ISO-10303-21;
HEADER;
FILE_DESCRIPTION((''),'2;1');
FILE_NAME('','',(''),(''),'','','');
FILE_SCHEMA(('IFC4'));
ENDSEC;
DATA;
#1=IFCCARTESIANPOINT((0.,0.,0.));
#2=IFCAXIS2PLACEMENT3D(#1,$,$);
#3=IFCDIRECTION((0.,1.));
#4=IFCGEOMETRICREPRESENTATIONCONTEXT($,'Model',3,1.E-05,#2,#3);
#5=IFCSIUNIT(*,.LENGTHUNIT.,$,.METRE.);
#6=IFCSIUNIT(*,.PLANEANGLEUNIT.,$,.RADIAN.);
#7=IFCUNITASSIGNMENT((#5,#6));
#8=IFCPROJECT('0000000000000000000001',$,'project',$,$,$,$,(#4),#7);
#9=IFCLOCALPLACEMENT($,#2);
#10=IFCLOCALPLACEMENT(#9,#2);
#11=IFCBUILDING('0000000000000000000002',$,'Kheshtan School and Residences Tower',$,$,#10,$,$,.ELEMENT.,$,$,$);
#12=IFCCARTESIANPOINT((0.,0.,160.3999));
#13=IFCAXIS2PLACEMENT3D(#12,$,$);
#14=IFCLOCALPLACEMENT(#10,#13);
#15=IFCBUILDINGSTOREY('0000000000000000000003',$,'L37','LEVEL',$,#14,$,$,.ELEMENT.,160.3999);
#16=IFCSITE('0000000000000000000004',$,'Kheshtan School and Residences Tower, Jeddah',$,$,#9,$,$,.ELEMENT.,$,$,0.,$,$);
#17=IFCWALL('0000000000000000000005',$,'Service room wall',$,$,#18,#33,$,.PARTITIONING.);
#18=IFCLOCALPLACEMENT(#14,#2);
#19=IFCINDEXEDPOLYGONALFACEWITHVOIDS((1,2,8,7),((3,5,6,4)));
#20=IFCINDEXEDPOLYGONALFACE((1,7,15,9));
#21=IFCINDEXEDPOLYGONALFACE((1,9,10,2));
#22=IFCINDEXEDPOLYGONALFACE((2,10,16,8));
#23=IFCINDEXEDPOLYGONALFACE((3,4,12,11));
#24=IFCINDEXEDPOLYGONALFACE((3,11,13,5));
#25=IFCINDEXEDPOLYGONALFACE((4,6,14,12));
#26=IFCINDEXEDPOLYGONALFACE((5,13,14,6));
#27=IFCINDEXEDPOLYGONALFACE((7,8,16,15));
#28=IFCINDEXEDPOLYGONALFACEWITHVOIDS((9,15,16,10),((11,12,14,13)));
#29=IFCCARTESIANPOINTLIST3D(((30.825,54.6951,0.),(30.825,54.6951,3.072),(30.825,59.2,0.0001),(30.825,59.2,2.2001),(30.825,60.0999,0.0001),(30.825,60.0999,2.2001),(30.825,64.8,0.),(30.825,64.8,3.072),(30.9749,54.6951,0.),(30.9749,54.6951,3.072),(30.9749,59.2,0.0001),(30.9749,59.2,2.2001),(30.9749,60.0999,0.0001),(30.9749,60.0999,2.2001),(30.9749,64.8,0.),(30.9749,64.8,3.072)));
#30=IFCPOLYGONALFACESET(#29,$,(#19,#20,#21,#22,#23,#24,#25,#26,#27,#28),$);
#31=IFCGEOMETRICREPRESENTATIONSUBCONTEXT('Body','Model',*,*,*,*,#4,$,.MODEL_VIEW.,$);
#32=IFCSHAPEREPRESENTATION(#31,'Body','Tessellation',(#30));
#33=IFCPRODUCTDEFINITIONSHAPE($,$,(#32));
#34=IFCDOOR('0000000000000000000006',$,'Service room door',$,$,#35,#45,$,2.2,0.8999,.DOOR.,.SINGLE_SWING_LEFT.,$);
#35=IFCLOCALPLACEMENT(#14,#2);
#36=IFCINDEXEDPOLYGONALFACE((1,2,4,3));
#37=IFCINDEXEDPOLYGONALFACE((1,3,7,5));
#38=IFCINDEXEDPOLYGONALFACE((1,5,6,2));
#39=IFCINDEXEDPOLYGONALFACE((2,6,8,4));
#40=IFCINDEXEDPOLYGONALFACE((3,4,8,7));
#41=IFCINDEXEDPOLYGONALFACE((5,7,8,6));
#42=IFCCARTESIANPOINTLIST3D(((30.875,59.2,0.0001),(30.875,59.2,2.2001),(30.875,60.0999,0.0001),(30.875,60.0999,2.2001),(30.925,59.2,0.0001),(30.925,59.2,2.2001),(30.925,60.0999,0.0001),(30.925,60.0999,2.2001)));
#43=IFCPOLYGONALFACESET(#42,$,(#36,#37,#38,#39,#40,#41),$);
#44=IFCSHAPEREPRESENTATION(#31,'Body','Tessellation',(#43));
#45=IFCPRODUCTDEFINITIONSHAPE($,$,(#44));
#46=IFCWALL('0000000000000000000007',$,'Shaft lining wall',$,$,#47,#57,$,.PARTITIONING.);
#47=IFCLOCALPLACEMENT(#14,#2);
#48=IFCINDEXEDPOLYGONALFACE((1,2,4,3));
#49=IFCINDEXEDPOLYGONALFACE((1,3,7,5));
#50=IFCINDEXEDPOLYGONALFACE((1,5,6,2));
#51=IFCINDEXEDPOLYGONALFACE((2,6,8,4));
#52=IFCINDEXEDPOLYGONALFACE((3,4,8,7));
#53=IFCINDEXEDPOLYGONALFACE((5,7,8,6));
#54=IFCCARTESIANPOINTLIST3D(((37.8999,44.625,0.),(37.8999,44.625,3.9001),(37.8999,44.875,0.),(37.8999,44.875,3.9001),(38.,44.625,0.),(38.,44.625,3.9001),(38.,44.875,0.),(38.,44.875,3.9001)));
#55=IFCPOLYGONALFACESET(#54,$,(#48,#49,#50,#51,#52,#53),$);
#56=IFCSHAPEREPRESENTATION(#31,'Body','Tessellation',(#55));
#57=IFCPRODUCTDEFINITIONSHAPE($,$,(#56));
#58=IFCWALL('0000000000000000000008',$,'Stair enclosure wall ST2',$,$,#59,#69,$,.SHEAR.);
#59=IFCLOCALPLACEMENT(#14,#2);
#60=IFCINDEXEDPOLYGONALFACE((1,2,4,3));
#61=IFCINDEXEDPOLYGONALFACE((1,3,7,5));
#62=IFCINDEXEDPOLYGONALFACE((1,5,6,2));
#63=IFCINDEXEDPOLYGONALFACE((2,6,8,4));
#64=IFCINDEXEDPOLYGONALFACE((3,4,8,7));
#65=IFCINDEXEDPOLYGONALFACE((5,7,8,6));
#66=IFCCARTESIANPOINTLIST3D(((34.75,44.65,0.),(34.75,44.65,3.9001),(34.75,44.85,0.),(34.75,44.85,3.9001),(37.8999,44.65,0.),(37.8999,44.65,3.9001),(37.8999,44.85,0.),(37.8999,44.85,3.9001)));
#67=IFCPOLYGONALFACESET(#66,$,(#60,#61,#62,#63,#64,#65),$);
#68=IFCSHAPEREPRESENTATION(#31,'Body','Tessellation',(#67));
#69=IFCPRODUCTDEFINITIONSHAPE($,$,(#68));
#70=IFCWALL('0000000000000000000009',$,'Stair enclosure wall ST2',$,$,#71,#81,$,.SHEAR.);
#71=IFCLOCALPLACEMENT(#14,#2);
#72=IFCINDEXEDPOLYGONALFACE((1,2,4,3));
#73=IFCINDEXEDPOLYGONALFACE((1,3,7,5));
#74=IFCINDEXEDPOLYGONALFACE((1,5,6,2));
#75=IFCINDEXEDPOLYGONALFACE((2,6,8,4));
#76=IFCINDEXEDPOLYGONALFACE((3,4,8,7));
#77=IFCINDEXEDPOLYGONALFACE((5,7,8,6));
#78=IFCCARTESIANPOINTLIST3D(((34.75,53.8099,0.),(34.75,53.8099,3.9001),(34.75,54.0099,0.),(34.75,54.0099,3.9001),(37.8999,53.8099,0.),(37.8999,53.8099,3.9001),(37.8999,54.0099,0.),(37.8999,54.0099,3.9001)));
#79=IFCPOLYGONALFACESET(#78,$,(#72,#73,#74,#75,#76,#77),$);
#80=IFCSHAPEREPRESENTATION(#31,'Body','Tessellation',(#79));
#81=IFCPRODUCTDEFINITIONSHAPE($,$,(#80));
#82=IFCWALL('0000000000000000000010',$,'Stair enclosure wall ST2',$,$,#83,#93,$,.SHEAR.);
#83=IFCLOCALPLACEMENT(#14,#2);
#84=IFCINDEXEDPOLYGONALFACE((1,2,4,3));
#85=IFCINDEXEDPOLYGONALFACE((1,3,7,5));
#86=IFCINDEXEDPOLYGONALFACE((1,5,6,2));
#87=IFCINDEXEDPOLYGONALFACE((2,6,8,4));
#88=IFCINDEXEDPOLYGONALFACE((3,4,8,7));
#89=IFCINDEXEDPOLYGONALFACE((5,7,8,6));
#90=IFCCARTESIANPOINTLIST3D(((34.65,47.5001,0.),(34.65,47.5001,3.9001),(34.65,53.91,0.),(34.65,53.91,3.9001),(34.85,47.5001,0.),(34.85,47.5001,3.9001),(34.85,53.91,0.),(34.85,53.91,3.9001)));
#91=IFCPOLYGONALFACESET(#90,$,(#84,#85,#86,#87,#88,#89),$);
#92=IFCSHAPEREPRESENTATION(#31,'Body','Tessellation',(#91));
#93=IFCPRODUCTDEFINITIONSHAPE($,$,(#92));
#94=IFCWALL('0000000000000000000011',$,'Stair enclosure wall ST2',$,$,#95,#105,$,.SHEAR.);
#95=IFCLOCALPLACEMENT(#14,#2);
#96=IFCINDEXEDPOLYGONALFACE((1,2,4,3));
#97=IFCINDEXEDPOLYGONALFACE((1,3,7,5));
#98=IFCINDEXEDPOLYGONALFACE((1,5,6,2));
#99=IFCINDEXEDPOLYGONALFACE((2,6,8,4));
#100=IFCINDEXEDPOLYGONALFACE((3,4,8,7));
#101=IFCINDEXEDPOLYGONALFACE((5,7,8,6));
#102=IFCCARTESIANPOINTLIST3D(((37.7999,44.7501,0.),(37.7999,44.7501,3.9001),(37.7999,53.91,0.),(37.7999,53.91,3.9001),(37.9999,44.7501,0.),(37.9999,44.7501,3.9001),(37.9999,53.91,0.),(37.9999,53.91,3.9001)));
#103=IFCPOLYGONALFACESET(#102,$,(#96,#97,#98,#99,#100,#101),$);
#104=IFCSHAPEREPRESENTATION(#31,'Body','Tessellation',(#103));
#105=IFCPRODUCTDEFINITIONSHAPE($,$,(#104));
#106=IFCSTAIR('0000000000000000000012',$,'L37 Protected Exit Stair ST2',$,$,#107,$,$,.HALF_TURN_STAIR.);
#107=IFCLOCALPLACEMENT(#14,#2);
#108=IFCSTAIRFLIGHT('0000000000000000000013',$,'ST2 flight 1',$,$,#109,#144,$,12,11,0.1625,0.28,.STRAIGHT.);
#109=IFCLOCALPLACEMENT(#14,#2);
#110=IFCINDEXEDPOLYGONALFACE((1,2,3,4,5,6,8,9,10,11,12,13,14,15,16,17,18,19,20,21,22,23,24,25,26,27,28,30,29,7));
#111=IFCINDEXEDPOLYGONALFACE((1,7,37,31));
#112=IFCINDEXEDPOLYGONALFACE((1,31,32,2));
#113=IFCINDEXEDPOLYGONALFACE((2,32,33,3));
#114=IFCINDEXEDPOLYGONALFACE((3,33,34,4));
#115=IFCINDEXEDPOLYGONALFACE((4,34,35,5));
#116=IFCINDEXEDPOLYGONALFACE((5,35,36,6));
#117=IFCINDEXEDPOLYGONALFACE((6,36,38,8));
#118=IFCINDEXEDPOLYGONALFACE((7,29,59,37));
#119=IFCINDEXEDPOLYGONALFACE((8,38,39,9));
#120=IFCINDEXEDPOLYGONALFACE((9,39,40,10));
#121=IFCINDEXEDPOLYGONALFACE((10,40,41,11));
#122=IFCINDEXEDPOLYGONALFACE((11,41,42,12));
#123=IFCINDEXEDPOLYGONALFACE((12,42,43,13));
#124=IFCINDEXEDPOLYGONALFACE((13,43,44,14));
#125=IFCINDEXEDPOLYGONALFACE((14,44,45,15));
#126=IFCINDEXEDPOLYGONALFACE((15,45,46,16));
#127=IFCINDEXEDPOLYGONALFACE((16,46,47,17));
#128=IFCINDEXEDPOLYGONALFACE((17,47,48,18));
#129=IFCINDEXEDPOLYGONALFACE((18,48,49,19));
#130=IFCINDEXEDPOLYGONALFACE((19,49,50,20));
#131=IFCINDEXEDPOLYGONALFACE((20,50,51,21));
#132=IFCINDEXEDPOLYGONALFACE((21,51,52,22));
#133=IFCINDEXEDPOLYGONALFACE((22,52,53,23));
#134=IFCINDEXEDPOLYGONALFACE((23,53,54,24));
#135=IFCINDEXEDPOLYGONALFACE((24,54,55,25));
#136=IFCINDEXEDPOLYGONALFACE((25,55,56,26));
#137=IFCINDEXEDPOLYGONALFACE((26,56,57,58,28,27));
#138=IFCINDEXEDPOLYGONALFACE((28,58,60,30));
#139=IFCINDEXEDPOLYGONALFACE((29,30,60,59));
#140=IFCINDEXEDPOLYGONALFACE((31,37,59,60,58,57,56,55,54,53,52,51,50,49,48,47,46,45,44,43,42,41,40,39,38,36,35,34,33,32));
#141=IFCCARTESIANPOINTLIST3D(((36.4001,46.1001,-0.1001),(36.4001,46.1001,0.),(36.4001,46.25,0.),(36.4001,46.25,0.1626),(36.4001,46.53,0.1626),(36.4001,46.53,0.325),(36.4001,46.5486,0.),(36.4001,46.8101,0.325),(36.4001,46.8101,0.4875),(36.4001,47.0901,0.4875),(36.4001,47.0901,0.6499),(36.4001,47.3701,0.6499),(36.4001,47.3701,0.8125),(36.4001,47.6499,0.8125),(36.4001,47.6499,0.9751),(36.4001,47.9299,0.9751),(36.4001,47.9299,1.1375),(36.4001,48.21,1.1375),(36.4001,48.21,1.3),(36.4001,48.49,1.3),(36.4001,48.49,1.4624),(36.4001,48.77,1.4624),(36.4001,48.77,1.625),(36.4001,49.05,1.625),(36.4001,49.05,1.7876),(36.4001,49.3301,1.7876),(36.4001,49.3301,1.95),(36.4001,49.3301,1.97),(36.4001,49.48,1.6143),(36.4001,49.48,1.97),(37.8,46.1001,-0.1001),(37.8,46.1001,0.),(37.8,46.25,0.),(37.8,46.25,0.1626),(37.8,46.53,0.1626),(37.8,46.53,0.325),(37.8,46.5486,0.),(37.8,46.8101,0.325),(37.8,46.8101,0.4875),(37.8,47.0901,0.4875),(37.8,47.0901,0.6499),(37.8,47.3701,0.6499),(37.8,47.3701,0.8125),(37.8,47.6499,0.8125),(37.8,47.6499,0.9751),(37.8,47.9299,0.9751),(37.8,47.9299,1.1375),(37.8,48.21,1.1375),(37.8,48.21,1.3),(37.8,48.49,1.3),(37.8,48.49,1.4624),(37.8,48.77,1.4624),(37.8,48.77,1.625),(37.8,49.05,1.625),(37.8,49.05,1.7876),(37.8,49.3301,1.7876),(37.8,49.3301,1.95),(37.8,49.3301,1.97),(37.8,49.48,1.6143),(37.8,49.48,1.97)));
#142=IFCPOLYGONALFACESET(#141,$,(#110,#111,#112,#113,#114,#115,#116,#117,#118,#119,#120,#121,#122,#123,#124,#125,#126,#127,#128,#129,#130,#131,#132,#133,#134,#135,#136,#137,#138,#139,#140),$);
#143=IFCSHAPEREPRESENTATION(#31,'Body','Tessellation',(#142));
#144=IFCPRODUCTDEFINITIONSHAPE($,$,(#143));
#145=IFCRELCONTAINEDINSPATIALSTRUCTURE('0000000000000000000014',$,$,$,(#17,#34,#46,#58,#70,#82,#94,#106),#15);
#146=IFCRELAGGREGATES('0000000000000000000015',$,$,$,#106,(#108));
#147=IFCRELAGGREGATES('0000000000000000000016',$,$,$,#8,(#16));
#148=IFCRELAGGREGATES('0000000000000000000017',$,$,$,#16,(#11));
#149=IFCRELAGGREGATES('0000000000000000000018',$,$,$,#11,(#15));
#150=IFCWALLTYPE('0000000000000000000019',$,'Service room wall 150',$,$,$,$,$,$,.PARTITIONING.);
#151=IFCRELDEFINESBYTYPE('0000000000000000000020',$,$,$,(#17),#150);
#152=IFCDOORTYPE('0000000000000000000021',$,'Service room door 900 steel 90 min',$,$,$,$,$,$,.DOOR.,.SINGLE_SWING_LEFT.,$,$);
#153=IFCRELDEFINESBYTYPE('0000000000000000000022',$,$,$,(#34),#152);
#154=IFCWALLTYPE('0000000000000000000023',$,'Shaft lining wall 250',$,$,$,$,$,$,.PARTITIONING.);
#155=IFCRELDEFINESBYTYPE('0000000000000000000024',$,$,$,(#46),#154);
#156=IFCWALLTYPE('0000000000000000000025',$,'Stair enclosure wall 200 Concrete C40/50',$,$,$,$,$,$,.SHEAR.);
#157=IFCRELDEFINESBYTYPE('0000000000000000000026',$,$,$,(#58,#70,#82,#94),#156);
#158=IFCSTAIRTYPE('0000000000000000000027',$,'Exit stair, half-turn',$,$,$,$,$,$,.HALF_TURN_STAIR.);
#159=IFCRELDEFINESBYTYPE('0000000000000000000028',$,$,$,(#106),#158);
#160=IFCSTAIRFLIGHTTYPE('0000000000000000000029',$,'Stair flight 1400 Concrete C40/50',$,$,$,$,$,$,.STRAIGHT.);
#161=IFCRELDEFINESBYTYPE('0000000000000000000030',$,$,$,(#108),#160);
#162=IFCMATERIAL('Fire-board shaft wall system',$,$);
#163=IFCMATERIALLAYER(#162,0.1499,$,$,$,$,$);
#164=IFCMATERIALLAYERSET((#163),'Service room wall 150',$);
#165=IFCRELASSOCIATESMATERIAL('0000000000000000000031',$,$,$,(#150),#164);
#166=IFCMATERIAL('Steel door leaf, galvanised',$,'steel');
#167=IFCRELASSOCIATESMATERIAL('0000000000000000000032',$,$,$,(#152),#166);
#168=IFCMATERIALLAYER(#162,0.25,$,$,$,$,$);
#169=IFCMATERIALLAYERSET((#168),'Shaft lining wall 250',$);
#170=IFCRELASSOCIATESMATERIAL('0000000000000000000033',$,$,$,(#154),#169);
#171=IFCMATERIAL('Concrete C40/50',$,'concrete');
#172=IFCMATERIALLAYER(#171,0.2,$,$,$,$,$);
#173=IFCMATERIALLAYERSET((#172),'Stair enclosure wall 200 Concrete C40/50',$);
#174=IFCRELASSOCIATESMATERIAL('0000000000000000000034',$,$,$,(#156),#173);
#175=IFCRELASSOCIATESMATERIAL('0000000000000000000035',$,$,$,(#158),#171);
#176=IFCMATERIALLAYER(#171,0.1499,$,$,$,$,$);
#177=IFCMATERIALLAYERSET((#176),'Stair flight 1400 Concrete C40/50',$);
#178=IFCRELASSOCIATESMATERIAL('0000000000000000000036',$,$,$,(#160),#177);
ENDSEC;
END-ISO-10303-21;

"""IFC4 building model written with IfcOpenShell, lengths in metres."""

from ifc_helpers import new_model, si_unit, direction, frame, frame_2d, origin, place, context, subcontext, project, spatial, polyline, rectangle, outline, extrude, source, transform, mapped, material, layer, layer_set, type_object, element, fill, aggregate, save


model = new_model("IFC4")

# Units and contexts
model_context = context("Model", 3, precision=1e-05, world=origin(), true_north=direction((0.0, 1.0)))
body_context = subcontext(model_context, "Body", "Model", "MODEL_VIEW")
ifc_project = project(units=[si_unit("LENGTHUNIT", "METRE"), si_unit("PLANEANGLEUNIT", "RADIAN")], contexts=[model_context])

# Site, building, storey
site_placement = place(None, origin())
site = spatial("IfcSite", under=ifc_project, at=site_placement, Name="Kheshtan School and Residences Tower, Jeddah", CompositionType="ELEMENT", RefElevation=0.0)
building_placement = place(site_placement, origin())
building = spatial("IfcBuilding", under=site, at=building_placement, Name="Kheshtan School and Residences Tower", CompositionType="ELEMENT")
storey_placement = place(building_placement, frame((0.0, 0.0, 160.3999)))
storey = spatial("IfcBuildingStorey", under=building, at=storey_placement, Name="L37", Description="LEVEL", CompositionType="ELEMENT", Elevation=160.3999)

# Shared definitions
ifc_material_1 = material(Name="Fire-board shaft wall system")
ifc_layer_1 = layer(ifc_material_1, 0.1499)
ifc_layer_set_1 = layer_set([ifc_layer_1], Name="Service room wall 150")
wall_type_1 = type_object("IfcWallType", Name="Service room wall 150", PredefinedType="PARTITIONING", material=ifc_layer_set_1)

# Wall, opening, door
wall_1_placement = place(storey_placement, frame((30.8999, 54.6951, 0.0), z_axis=(0.0, 0.0, 1.0), x_axis=(0.0, 1.0, 0.0)))
wall_1 = element("IfcWall", 1, at=wall_1_placement, inside=storey, type_object=wall_type_1, Name="Service room wall", PredefinedType="PARTITIONING", context=body_context, shape_type="SweptSolid", body=[
    extrude(rectangle(XDim=10.105, YDim=0.1499, at=frame_2d((5.0525, 0.0))), origin(), (0.0, 0.0, 1.0), 3.072),
])
opening_1_placement = place(wall_1_placement, frame((4.5049, 0.0, 0.0)))
opening_1 = element("IfcOpeningElement", 2, at=opening_1_placement, cuts=wall_1, PredefinedType="OPENING", context=body_context, shape_type="SweptSolid", body=[
    extrude(rectangle(XDim=0.8999, YDim=2.2, at=frame_2d((0.45, 1.1001))), frame((0.0, 0.085, 0.0), z_axis=(0.0, -1.0, 0.0), x_axis=(1.0, 0.0, 0.0)), (0.0, 0.0, 1.0), 0.1699),
])
ifc_material_2 = material(Name="Steel door leaf, galvanised", Category="steel")
door_type_1 = type_object("IfcDoorType", Name="Service room door 900 steel 90 min", OperationType="SINGLE_SWING_LEFT", PredefinedType="DOOR", material=ifc_material_2)
shared_shape_1 = source(origin(), body_context, "Body", "SweptSolid", [
    extrude(rectangle(XDim=0.8999, YDim=2.2, at=frame_2d((0.45, 1.1001))), frame((0.0, 0.0249, 0.0), z_axis=(0.0, -1.0, 0.0), x_axis=(1.0, 0.0, 0.0)), (0.0, 0.0, 1.0), 0.05),
])
door_1_placement = place(opening_1_placement, origin())
door_1 = element("IfcDoor", 3, at=door_1_placement, inside=storey, type_object=door_type_1, Name="Service room door", OperationType="SINGLE_SWING_LEFT", OverallHeight=2.2, OverallWidth=0.8999, PredefinedType="DOOR", context=body_context, shape_type="MappedRepresentation", body=[
    mapped(shared_shape_1, transform((0.0, 0.0, 0.0), x_axis=(1.0, 0.0, 0.0), y_axis=(0.0, 1.0, 0.0), z_axis=(0.0, 0.0, 1.0), scale=1.0)),
])
fill(opening_1, door_1)

# Walls
ifc_layer_2 = layer(ifc_material_1, 0.25)
ifc_layer_set_2 = layer_set([ifc_layer_2], Name="Shaft lining wall 250")
wall_type_2 = type_object("IfcWallType", Name="Shaft lining wall 250", PredefinedType="PARTITIONING", material=ifc_layer_set_2)
wall_2_placement = place(storey_placement, frame((37.8999, 44.75, 0.0), z_axis=(0.0, 0.0, 1.0), x_axis=(1.0, 0.0, 0.0)))
element("IfcWall", 4, at=wall_2_placement, inside=storey, type_object=wall_type_2, Name="Shaft lining wall", PredefinedType="PARTITIONING", context=body_context, shape_type="SweptSolid", body=[
    extrude(rectangle(XDim=0.1001, YDim=0.25, at=frame_2d((0.05, 0.0))), origin(), (0.0, 0.0, 1.0), 3.9001),
])
ifc_material_3 = material(Name="Concrete C40/50", Category="concrete")
ifc_layer_3 = layer(ifc_material_3, 0.2)
ifc_layer_set_3 = layer_set([ifc_layer_3], Name="Stair enclosure wall 200 Concrete C40/50")
wall_type_3 = type_object("IfcWallType", Name="Stair enclosure wall 200 Concrete C40/50", PredefinedType="SHEAR", material=ifc_layer_set_3)
for number, where, z_axis, x_axis, name in (
    (5, (34.75, 44.75, 0.0), (0.0, 0.0, 1.0), (1.0, 0.0, 0.0), "Stair enclosure wall ST2"),
    (6, (34.75, 53.9099, 0.0), (0.0, 0.0, 1.0), (1.0, 0.0, 0.0), "Stair enclosure wall ST2"),
):
    element("IfcWall", number, at=place(storey_placement, frame(where, z_axis=z_axis, x_axis=x_axis)), inside=storey, type_object=wall_type_3, Name=name, PredefinedType="SHEAR", context=body_context, shape_type="SweptSolid", body=[
        extrude(rectangle(XDim=3.1499, YDim=0.2, at=frame_2d((1.575, 0.0))), origin(), (0.0, 0.0, 1.0), 3.9001),
    ])
wall_3_placement = place(storey_placement, frame((34.75, 47.5, 0.0), z_axis=(0.0, 0.0, 1.0), x_axis=(0.0, 1.0, 0.0)))
element("IfcWall", 7, at=wall_3_placement, inside=storey, type_object=wall_type_3, Name="Stair enclosure wall ST2", PredefinedType="SHEAR", context=body_context, shape_type="SweptSolid", body=[
    extrude(rectangle(XDim=6.4099, YDim=0.2, at=frame_2d((3.2051, 0.0))), origin(), (0.0, 0.0, 1.0), 3.9001),
])
wall_4_placement = place(storey_placement, frame((37.8999, 44.75, 0.0), z_axis=(0.0, 0.0, 1.0), x_axis=(0.0, 1.0, 0.0)))
element("IfcWall", 8, at=wall_4_placement, inside=storey, type_object=wall_type_3, Name="Stair enclosure wall ST2", PredefinedType="SHEAR", context=body_context, shape_type="SweptSolid", body=[
    extrude(rectangle(XDim=9.1599, YDim=0.2, at=frame_2d((4.5801, 0.0))), origin(), (0.0, 0.0, 1.0), 3.9001),
])

# Stair, stair flight
stair_type = type_object("IfcStairType", Name="Exit stair, half-turn", PredefinedType="HALF_TURN_STAIR", material=ifc_material_3)
stair_placement = place(storey_placement, origin())
stair = element("IfcStair", 9, at=stair_placement, inside=storey, type_object=stair_type, Name="L37 Protected Exit Stair ST2", PredefinedType="HALF_TURN_STAIR")
ifc_layer_4 = layer(ifc_material_3, 0.1499)
ifc_layer_set_4 = layer_set([ifc_layer_4], Name="Stair flight 1400 Concrete C40/50")
stair_flight_type = type_object("IfcStairFlightType", Name="Stair flight 1400 Concrete C40/50", PredefinedType="STRAIGHT", material=ifc_layer_set_4)
stair_flight_1_placement = place(storey_placement, frame((37.1001, 46.25, 0.0), z_axis=(0.0, 0.0, 1.0), x_axis=(0.0, 1.0, 0.0)))
stair_flight_1 = element("IfcStairFlight", 10, at=stair_flight_1_placement, type_object=stair_flight_type, Name="ST2 flight 1", NumberOfRisers=12, NumberOfTreads=11, PredefinedType="STRAIGHT", RiserHeight=0.1625, TreadLength=0.28, context=body_context, shape_type="SweptSolid", body=[
    extrude(outline(polyline([(-0.1499, -0.1001), (-0.1499, 0.0), (0.0, 0.0), (0.0, 0.1626), (0.28, 0.1626), (0.28, 0.325), (0.5601, 0.325), (0.5601, 0.4875), (0.8401, 0.4875), (0.8401, 0.6499), (1.1201, 0.6499), (1.1201, 0.8125), (1.3999, 0.8125), (1.3999, 0.9751), (1.6799, 0.9751), (1.6799, 1.1375), (1.96, 1.1375), (1.96, 1.3), (2.24, 1.3), (2.24, 1.4624), (2.52, 1.4624), (2.52, 1.625), (2.8, 1.625), (2.8, 1.7876), (3.0801, 1.7876), (3.0801, 1.95), (3.0801, 1.97), (3.23, 1.97), (3.23, 1.6143), (0.2986, 0.0), (-0.1499, -0.1001)])), frame((0.0, 0.7, 0.0), z_axis=(0.0, -1.0, 0.0), x_axis=(1.0, 0.0, 0.0)), (0.0, 0.0, 1.0), 1.3999),
])
aggregate(stair, [stair_flight_1])

save(model, "model.ifc")
